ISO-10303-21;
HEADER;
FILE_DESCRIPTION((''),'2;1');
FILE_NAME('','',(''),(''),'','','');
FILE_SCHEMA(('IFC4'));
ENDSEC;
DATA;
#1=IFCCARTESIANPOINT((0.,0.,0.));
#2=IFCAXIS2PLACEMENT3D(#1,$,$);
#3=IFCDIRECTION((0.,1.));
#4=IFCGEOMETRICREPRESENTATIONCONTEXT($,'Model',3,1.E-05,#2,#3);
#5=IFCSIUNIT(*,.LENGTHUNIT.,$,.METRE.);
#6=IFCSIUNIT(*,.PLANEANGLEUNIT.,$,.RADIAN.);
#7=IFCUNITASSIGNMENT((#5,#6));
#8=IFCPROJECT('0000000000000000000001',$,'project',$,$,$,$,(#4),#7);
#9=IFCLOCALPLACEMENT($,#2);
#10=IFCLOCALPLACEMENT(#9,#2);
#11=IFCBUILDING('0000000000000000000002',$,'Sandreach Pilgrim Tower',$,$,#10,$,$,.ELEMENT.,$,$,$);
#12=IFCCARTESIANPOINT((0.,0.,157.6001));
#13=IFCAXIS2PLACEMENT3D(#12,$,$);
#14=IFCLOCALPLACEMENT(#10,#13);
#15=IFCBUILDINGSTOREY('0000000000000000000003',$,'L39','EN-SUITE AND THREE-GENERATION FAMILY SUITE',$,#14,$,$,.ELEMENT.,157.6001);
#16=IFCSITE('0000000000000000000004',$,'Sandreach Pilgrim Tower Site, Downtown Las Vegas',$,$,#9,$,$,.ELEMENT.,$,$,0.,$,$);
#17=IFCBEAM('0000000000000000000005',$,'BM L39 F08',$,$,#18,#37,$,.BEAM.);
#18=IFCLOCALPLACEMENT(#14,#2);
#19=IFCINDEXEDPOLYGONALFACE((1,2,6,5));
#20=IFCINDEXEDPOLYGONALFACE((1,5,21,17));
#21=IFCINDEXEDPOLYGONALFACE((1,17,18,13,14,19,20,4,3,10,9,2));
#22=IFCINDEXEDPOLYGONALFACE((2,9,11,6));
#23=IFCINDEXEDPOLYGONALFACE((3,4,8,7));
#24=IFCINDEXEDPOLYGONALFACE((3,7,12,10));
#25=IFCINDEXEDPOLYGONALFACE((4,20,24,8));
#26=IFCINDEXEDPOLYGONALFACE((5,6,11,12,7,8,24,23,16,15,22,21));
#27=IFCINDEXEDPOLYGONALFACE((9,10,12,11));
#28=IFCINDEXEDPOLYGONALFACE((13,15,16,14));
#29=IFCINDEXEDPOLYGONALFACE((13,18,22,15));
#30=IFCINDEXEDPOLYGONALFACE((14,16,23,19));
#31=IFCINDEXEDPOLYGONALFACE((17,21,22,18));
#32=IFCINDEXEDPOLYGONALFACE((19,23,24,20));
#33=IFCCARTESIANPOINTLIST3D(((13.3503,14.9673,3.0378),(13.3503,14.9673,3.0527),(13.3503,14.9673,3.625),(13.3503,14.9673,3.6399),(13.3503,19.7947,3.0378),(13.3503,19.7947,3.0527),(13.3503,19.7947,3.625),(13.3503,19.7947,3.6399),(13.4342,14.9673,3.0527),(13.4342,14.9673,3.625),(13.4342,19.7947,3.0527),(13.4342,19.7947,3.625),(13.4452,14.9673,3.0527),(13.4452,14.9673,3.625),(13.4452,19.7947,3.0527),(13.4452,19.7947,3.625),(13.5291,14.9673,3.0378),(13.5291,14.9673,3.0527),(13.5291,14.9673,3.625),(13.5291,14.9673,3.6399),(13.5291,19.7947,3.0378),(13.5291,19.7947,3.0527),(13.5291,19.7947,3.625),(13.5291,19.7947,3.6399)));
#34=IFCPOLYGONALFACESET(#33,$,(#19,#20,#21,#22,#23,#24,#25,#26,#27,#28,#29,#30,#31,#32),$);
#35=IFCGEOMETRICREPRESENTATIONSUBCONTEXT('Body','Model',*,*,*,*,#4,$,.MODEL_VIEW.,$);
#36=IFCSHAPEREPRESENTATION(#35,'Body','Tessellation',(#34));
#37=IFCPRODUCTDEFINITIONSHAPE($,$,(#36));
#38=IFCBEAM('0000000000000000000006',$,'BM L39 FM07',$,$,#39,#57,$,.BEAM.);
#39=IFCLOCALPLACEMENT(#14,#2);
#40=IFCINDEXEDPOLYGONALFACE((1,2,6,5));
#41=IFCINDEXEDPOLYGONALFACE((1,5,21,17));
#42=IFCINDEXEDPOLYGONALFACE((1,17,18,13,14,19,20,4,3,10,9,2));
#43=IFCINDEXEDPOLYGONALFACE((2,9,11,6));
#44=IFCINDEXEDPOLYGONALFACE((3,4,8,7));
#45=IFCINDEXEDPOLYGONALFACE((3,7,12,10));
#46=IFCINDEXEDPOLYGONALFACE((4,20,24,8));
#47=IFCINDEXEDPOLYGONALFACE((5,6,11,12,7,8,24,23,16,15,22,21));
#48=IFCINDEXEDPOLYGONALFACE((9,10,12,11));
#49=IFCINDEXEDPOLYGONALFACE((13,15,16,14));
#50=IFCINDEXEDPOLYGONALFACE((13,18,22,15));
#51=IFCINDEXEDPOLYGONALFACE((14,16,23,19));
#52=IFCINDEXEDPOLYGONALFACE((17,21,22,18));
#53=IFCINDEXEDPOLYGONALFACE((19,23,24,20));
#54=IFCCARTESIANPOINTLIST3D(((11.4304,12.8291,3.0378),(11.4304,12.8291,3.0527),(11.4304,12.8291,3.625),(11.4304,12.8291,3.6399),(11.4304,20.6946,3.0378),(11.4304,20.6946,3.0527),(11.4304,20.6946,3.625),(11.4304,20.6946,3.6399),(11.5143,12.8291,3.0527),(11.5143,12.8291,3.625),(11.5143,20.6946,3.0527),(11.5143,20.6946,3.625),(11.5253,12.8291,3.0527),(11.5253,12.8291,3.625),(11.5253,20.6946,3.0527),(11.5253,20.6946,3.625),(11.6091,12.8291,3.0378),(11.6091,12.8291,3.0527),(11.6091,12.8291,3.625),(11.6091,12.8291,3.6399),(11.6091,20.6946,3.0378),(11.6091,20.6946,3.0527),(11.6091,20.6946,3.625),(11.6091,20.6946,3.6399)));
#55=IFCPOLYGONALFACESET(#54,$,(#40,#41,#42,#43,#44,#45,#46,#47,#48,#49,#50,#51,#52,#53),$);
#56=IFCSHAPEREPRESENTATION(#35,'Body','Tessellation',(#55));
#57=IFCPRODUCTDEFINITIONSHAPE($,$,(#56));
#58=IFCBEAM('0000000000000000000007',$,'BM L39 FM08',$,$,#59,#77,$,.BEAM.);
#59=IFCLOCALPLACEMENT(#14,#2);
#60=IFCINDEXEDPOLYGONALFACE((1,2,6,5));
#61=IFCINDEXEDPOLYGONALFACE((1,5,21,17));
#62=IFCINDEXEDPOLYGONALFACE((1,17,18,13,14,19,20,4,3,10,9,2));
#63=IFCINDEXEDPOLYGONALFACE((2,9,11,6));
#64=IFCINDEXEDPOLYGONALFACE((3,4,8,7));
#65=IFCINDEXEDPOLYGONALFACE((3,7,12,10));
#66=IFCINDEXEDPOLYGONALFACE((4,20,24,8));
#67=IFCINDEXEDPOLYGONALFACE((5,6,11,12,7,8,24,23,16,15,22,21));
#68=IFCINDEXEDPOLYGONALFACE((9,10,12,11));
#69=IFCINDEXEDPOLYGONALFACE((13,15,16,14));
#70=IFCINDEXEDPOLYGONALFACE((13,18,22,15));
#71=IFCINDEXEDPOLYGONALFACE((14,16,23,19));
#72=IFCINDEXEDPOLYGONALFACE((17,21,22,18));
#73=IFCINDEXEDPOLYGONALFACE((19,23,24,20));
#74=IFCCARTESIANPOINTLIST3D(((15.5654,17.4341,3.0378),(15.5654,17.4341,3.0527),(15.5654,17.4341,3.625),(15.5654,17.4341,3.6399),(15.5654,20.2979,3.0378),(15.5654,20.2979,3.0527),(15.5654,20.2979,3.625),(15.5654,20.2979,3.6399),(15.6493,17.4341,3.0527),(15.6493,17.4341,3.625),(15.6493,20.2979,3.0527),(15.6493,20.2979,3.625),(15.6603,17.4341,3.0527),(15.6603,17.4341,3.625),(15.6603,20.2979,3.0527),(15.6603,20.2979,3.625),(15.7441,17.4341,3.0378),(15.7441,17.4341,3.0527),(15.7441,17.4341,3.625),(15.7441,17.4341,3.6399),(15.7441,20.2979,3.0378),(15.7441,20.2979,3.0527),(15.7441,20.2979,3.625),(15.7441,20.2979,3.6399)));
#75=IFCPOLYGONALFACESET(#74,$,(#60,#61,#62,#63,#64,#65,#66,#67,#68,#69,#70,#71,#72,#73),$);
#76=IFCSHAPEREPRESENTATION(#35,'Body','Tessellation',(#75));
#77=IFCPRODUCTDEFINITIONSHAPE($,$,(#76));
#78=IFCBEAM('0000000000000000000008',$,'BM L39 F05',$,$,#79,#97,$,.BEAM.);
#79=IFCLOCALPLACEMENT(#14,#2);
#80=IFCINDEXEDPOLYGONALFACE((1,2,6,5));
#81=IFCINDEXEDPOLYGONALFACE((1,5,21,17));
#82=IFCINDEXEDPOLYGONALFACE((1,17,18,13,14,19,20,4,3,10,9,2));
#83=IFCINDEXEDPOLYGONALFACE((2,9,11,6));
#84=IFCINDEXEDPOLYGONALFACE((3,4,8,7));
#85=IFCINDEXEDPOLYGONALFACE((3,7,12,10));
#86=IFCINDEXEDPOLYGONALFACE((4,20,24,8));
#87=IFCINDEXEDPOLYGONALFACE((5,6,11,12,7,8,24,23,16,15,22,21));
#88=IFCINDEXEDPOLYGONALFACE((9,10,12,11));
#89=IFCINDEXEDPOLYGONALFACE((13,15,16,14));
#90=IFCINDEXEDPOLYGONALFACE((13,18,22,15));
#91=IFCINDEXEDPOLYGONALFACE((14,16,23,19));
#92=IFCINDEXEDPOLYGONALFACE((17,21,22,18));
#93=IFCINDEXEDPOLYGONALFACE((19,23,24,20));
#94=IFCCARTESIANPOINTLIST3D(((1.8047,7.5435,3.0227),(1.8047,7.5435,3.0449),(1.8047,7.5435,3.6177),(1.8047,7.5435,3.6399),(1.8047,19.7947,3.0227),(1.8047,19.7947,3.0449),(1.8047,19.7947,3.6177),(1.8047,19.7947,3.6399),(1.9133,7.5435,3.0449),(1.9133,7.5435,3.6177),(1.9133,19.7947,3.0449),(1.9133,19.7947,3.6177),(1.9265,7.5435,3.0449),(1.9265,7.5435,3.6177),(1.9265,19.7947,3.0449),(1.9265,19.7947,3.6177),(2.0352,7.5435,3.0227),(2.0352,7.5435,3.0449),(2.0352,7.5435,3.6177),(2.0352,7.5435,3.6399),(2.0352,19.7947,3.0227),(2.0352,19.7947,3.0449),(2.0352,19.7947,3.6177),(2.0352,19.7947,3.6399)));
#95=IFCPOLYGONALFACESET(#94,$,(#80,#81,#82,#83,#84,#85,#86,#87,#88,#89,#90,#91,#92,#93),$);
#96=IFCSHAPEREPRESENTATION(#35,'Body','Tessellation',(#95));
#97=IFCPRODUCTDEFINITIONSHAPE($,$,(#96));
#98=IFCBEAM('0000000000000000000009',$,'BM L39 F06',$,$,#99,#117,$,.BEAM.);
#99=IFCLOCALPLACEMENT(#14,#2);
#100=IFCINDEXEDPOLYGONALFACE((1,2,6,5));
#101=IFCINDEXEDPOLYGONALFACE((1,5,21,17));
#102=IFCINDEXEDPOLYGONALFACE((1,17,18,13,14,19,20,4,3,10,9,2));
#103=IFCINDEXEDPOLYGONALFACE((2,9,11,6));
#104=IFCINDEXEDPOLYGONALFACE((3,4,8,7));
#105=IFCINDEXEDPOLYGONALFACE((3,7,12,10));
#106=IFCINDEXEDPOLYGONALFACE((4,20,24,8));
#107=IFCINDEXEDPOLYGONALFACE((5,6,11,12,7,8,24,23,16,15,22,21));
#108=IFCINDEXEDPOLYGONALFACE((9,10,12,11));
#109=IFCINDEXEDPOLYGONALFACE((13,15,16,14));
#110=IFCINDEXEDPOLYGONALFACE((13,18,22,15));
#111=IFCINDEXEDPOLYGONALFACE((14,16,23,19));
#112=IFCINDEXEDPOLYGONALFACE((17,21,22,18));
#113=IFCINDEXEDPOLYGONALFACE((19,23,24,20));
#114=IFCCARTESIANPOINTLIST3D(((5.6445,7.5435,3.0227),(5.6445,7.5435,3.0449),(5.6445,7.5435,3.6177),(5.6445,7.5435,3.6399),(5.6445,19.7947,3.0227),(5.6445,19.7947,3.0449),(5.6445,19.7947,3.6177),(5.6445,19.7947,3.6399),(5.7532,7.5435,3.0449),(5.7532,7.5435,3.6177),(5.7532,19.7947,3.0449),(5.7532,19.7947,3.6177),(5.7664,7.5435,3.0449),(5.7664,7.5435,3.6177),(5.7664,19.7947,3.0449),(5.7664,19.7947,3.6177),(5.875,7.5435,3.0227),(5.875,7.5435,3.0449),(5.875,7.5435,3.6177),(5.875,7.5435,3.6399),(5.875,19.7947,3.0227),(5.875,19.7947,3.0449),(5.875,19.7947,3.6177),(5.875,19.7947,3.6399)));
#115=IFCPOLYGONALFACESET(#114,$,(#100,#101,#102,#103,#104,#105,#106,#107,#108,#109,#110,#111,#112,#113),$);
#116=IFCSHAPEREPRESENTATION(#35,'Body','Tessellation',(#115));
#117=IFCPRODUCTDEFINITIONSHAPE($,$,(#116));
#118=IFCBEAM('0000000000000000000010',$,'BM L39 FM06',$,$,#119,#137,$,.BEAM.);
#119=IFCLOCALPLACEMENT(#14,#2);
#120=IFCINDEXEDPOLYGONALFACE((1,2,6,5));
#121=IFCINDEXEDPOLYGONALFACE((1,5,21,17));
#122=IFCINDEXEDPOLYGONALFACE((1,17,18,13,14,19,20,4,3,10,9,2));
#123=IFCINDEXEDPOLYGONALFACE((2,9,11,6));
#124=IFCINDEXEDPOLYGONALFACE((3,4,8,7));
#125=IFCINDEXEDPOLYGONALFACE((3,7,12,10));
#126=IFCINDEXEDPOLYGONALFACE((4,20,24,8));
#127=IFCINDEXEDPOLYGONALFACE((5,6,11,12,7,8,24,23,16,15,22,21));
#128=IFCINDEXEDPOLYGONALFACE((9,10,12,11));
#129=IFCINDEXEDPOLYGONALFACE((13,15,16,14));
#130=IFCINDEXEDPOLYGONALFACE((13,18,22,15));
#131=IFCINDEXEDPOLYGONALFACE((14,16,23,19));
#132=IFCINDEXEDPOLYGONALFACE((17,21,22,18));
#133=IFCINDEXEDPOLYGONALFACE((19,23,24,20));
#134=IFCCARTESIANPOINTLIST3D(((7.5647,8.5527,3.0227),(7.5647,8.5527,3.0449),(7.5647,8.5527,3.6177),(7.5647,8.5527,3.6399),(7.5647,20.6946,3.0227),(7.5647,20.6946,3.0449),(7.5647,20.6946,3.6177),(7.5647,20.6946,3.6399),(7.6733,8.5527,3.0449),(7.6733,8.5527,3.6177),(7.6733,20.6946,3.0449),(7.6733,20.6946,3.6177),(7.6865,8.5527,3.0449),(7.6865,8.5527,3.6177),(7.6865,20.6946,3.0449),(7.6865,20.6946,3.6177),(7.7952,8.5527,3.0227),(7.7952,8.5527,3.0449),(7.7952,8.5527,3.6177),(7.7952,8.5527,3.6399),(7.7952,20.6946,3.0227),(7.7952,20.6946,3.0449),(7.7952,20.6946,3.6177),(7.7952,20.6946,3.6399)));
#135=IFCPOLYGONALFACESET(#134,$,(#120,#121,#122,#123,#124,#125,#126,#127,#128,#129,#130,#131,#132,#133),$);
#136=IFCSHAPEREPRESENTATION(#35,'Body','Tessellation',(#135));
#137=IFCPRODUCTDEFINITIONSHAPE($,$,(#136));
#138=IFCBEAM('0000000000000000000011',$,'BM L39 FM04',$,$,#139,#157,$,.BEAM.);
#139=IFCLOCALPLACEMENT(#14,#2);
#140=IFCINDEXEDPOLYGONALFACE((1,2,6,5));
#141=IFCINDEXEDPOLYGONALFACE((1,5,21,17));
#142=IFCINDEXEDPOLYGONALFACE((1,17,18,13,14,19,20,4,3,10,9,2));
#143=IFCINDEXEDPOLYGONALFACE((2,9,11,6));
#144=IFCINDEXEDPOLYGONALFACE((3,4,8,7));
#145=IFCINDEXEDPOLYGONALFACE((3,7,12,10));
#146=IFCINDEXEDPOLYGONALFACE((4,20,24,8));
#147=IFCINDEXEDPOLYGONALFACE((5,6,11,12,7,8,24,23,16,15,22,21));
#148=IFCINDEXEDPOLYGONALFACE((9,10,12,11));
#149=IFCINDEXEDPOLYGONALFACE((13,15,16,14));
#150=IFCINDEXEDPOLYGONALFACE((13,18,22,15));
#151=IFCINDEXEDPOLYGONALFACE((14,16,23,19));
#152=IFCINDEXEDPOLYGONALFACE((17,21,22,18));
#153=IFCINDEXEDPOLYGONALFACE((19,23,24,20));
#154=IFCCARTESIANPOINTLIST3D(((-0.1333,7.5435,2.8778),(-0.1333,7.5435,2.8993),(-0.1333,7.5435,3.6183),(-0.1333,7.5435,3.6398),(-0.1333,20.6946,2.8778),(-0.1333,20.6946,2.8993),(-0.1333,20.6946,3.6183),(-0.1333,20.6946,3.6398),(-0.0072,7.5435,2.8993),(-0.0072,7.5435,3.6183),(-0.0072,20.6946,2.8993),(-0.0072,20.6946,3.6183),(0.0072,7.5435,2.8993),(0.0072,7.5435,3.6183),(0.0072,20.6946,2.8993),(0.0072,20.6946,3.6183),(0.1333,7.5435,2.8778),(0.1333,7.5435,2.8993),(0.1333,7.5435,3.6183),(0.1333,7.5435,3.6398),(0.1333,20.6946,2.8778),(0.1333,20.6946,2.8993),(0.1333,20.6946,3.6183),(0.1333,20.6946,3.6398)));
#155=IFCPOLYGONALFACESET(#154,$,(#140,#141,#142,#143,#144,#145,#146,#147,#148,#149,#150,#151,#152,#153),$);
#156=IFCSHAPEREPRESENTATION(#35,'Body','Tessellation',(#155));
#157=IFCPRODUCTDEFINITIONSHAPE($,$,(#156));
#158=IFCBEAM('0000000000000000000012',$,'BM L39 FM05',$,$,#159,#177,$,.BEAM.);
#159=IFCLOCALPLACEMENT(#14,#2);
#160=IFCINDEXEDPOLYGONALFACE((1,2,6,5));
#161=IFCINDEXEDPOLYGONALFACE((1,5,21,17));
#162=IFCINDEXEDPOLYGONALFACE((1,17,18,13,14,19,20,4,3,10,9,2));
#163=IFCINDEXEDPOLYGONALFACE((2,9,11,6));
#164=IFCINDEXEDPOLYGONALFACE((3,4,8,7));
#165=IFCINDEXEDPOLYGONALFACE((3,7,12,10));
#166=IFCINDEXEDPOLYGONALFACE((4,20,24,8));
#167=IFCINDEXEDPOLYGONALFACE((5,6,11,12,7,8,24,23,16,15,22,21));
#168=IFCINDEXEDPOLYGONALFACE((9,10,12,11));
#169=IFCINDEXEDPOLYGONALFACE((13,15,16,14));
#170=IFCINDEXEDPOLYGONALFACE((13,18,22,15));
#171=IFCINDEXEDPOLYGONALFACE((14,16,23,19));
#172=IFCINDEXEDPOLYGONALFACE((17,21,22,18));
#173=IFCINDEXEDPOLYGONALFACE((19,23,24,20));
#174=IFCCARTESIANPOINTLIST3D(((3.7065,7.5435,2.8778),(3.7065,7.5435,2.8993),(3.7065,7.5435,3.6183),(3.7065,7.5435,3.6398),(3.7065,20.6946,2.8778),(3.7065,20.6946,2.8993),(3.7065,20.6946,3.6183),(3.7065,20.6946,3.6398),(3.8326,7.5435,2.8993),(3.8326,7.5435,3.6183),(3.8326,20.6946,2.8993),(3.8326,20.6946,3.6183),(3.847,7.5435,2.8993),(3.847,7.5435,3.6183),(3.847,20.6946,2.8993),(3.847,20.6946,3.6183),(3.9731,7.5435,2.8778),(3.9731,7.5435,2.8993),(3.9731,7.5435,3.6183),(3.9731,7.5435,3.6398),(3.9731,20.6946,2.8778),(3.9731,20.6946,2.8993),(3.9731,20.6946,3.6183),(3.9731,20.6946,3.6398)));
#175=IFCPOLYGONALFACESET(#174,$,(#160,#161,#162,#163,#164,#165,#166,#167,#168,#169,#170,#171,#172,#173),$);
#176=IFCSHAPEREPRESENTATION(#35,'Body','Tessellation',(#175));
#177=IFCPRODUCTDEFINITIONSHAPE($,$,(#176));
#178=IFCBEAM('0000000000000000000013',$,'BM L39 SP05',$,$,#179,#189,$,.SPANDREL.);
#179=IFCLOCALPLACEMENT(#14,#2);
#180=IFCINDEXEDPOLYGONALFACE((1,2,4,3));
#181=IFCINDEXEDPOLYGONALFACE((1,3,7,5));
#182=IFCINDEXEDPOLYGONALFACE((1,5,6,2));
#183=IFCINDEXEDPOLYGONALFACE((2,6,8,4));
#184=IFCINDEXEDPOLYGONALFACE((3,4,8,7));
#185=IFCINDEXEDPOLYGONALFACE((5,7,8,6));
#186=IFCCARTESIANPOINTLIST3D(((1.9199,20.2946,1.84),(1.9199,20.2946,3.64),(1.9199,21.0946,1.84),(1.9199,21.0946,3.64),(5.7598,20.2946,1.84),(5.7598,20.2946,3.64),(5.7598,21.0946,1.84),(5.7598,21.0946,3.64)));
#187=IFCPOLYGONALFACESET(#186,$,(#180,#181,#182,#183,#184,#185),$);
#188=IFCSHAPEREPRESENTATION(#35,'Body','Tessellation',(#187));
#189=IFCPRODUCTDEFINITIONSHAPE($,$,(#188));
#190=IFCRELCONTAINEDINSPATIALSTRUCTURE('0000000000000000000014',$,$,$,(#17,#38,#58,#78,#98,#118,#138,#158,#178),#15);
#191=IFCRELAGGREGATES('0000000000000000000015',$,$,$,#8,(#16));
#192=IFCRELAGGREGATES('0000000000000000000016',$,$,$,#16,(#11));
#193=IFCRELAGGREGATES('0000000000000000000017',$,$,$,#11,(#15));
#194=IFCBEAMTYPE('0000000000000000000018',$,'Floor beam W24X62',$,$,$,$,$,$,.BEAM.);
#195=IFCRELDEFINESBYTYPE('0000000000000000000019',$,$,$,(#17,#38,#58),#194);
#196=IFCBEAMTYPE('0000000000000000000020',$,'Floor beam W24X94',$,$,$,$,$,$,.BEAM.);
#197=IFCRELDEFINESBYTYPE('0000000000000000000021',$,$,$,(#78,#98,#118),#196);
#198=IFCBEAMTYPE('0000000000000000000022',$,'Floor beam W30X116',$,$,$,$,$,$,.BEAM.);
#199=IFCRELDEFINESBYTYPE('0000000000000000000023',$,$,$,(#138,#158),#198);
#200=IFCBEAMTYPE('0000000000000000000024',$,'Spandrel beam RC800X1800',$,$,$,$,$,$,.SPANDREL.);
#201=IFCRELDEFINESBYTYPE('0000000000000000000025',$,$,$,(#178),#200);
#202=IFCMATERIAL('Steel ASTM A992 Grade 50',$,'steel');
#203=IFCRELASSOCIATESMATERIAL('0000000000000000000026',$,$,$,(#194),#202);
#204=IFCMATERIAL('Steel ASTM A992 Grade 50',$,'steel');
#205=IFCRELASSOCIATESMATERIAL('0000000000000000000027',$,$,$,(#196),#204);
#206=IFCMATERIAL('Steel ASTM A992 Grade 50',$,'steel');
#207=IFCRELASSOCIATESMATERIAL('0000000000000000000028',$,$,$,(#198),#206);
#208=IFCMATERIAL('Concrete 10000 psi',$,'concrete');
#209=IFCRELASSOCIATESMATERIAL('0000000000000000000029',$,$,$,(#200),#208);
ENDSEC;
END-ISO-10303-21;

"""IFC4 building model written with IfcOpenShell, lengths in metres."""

from ifc_helpers import new_model, si_unit, direction, frame, origin, origin_2d, place, context, subcontext, project, spatial, rectangle, i_section, extrude, material, material_profile, profile_set, type_object, element, save


model = new_model("IFC4")

# Units and contexts
model_context = context("Model", 3, precision=1e-05, world=origin(), true_north=direction((0.0, 1.0)))
body_context = subcontext(model_context, "Body", "Model", "MODEL_VIEW")
ifc_project = project(units=[si_unit("LENGTHUNIT", "METRE"), si_unit("PLANEANGLEUNIT", "RADIAN")], contexts=[model_context])

# Site, building, storey
site_placement = place(None, origin())
site = spatial("IfcSite", under=ifc_project, at=site_placement, Name="Sandreach Pilgrim Tower Site, Downtown Las Vegas", CompositionType="ELEMENT", RefElevation=0.0)
building_placement = place(site_placement, origin())
building = spatial("IfcBuilding", under=site, at=building_placement, Name="Sandreach Pilgrim Tower", CompositionType="ELEMENT")
storey_placement = place(building_placement, frame((0.0, 0.0, 157.6001)))
storey = spatial("IfcBuildingStorey", under=building, at=storey_placement, Name="L39", Description="EN-SUITE AND THREE-GENERATION FAMILY SUITE", CompositionType="ELEMENT", Elevation=157.6001)

# Beams
ifc_material_1 = material(Name="Steel ASTM A992 Grade 50", Category="steel")
ifc_material_profile_1 = material_profile(ifc_material_1, i_section(OverallWidth=0.1787, OverallDepth=0.6021, WebThickness=0.011, FlangeThickness=0.0149, at=origin_2d()), Name="W24X62")
ifc_profile_set_1 = profile_set([ifc_material_profile_1], Name="Steel ASTM A992 Grade 50")
beam_type_1 = type_object("IfcBeamType", Name="Floor beam W24X62", PredefinedType="BEAM", material=ifc_profile_set_1)
beam_1_placement = place(storey_placement, frame((13.4397, 19.7947, 3.3389), z_axis=(0.0, -1.0, 0.0), x_axis=(1.0, 0.0, 0.0)))
element("IfcBeam", 1, at=beam_1_placement, inside=storey, type_object=beam_type_1, Name="BM L39 F08", PredefinedType="BEAM", context=body_context, shape_type="SweptSolid", body=[
    extrude(i_section(OverallWidth=0.1787, OverallDepth=0.6021, WebThickness=0.011, FlangeThickness=0.0149, at=origin_2d()), origin(), (0.0, 0.0, 1.0), 4.8274),
])
beam_2_placement = place(storey_placement, frame((11.5198, 20.6946, 3.3389), z_axis=(0.0, -1.0, 0.0), x_axis=(1.0, 0.0, 0.0)))
element("IfcBeam", 2, at=beam_2_placement, inside=storey, type_object=beam_type_1, Name="BM L39 FM07", PredefinedType="BEAM", context=body_context, shape_type="SweptSolid", body=[
    extrude(i_section(OverallWidth=0.1787, OverallDepth=0.6021, WebThickness=0.011, FlangeThickness=0.0149, at=origin_2d()), origin(), (0.0, 0.0, 1.0), 7.8655),
])
beam_3_placement = place(storey_placement, frame((15.6548, 20.2979, 3.3389), z_axis=(0.0, -1.0, 0.0), x_axis=(1.0, 0.0, 0.0)))
element("IfcBeam", 3, at=beam_3_placement, inside=storey, type_object=beam_type_1, Name="BM L39 FM08", PredefinedType="BEAM", context=body_context, shape_type="SweptSolid", body=[
    extrude(i_section(OverallWidth=0.1787, OverallDepth=0.6021, WebThickness=0.011, FlangeThickness=0.0149, at=origin_2d()), origin(), (0.0, 0.0, 1.0), 2.8638),
])
ifc_material_2 = material(Name="Steel ASTM A992 Grade 50", Category="steel")
ifc_material_profile_2 = material_profile(ifc_material_2, i_section(OverallWidth=0.2305, OverallDepth=0.6172, WebThickness=0.0132, FlangeThickness=0.0222, at=origin_2d()), Name="W24X94")
ifc_profile_set_2 = profile_set([ifc_material_profile_2], Name="Steel ASTM A992 Grade 50")
beam_type_2 = type_object("IfcBeamType", Name="Floor beam W24X94", PredefinedType="BEAM", material=ifc_profile_set_2)
for number, where, z_axis, x_axis, name in (
    (4, (1.9199, 19.7947, 3.3313), (0.0, -1.0, 0.0), (1.0, 0.0, 0.0), "BM L39 F05"),
    (5, (5.7598, 19.7947, 3.3313), (0.0, -1.0, 0.0), (1.0, 0.0, 0.0), "BM L39 F06"),
):
    element("IfcBeam", number, at=place(storey_placement, frame(where, z_axis=z_axis, x_axis=x_axis)), inside=storey, type_object=beam_type_2, Name=name, PredefinedType="BEAM", context=body_context, shape_type="SweptSolid", body=[
        extrude(i_section(OverallWidth=0.2305, OverallDepth=0.6172, WebThickness=0.0132, FlangeThickness=0.0222, at=origin_2d()), origin(), (0.0, 0.0, 1.0), 12.2512),
    ])
beam_4_placement = place(storey_placement, frame((7.6799, 20.6946, 3.3313), z_axis=(0.0, -1.0, 0.0), x_axis=(1.0, 0.0, 0.0)))
element("IfcBeam", 6, at=beam_4_placement, inside=storey, type_object=beam_type_2, Name="BM L39 FM06", PredefinedType="BEAM", context=body_context, shape_type="SweptSolid", body=[
    extrude(i_section(OverallWidth=0.2305, OverallDepth=0.6172, WebThickness=0.0132, FlangeThickness=0.0222, at=origin_2d()), origin(), (0.0, 0.0, 1.0), 12.1418),
])
ifc_material_3 = material(Name="Steel ASTM A992 Grade 50", Category="steel")
ifc_material_profile_3 = material_profile(ifc_material_3, i_section(OverallWidth=0.2666, OverallDepth=0.762, WebThickness=0.0144, FlangeThickness=0.0215, at=origin_2d()), Name="W30X116")
ifc_profile_set_3 = profile_set([ifc_material_profile_3], Name="Steel ASTM A992 Grade 50")
beam_type_3 = type_object("IfcBeamType", Name="Floor beam W30X116", PredefinedType="BEAM", material=ifc_profile_set_3)
for number, where, z_axis, x_axis, name in (
    (7, (0.0, 20.6946, 3.2588), (0.0, -1.0, 0.0), (1.0, 0.0, 0.0), "BM L39 FM04"),
    (8, (3.8398, 20.6946, 3.2588), (0.0, -1.0, 0.0), (1.0, 0.0, 0.0), "BM L39 FM05"),
):
    element("IfcBeam", number, at=place(storey_placement, frame(where, z_axis=z_axis, x_axis=x_axis)), inside=storey, type_object=beam_type_3, Name=name, PredefinedType="BEAM", context=body_context, shape_type="SweptSolid", body=[
        extrude(i_section(OverallWidth=0.2666, OverallDepth=0.762, WebThickness=0.0144, FlangeThickness=0.0215, at=origin_2d()), origin(), (0.0, 0.0, 1.0), 13.1511),
    ])
ifc_material_4 = material(Name="Concrete 10000 psi", Category="concrete")
ifc_material_profile_4 = material_profile(ifc_material_4, rectangle(XDim=0.8, YDim=1.8, at=origin_2d()), Name="RC800X1800")
ifc_profile_set_4 = profile_set([ifc_material_profile_4], Name="Concrete 10000 psi")
beam_type_4 = type_object("IfcBeamType", Name="Spandrel beam RC800X1800", PredefinedType="SPANDREL", material=ifc_profile_set_4)
beam_5_placement = place(storey_placement, frame((1.9199, 20.6946, 2.74), z_axis=(1.0, 0.0, 0.0), x_axis=(0.0, 1.0, 0.0)))
element("IfcBeam", 9, at=beam_5_placement, inside=storey, type_object=beam_type_4, Name="BM L39 SP05", PredefinedType="SPANDREL", context=body_context, shape_type="SweptSolid", body=[
    extrude(rectangle(XDim=0.8, YDim=1.8, at=origin_2d()), origin(), (0.0, 0.0, 1.0), 3.8398),
])

save(model, "model.ifc")
